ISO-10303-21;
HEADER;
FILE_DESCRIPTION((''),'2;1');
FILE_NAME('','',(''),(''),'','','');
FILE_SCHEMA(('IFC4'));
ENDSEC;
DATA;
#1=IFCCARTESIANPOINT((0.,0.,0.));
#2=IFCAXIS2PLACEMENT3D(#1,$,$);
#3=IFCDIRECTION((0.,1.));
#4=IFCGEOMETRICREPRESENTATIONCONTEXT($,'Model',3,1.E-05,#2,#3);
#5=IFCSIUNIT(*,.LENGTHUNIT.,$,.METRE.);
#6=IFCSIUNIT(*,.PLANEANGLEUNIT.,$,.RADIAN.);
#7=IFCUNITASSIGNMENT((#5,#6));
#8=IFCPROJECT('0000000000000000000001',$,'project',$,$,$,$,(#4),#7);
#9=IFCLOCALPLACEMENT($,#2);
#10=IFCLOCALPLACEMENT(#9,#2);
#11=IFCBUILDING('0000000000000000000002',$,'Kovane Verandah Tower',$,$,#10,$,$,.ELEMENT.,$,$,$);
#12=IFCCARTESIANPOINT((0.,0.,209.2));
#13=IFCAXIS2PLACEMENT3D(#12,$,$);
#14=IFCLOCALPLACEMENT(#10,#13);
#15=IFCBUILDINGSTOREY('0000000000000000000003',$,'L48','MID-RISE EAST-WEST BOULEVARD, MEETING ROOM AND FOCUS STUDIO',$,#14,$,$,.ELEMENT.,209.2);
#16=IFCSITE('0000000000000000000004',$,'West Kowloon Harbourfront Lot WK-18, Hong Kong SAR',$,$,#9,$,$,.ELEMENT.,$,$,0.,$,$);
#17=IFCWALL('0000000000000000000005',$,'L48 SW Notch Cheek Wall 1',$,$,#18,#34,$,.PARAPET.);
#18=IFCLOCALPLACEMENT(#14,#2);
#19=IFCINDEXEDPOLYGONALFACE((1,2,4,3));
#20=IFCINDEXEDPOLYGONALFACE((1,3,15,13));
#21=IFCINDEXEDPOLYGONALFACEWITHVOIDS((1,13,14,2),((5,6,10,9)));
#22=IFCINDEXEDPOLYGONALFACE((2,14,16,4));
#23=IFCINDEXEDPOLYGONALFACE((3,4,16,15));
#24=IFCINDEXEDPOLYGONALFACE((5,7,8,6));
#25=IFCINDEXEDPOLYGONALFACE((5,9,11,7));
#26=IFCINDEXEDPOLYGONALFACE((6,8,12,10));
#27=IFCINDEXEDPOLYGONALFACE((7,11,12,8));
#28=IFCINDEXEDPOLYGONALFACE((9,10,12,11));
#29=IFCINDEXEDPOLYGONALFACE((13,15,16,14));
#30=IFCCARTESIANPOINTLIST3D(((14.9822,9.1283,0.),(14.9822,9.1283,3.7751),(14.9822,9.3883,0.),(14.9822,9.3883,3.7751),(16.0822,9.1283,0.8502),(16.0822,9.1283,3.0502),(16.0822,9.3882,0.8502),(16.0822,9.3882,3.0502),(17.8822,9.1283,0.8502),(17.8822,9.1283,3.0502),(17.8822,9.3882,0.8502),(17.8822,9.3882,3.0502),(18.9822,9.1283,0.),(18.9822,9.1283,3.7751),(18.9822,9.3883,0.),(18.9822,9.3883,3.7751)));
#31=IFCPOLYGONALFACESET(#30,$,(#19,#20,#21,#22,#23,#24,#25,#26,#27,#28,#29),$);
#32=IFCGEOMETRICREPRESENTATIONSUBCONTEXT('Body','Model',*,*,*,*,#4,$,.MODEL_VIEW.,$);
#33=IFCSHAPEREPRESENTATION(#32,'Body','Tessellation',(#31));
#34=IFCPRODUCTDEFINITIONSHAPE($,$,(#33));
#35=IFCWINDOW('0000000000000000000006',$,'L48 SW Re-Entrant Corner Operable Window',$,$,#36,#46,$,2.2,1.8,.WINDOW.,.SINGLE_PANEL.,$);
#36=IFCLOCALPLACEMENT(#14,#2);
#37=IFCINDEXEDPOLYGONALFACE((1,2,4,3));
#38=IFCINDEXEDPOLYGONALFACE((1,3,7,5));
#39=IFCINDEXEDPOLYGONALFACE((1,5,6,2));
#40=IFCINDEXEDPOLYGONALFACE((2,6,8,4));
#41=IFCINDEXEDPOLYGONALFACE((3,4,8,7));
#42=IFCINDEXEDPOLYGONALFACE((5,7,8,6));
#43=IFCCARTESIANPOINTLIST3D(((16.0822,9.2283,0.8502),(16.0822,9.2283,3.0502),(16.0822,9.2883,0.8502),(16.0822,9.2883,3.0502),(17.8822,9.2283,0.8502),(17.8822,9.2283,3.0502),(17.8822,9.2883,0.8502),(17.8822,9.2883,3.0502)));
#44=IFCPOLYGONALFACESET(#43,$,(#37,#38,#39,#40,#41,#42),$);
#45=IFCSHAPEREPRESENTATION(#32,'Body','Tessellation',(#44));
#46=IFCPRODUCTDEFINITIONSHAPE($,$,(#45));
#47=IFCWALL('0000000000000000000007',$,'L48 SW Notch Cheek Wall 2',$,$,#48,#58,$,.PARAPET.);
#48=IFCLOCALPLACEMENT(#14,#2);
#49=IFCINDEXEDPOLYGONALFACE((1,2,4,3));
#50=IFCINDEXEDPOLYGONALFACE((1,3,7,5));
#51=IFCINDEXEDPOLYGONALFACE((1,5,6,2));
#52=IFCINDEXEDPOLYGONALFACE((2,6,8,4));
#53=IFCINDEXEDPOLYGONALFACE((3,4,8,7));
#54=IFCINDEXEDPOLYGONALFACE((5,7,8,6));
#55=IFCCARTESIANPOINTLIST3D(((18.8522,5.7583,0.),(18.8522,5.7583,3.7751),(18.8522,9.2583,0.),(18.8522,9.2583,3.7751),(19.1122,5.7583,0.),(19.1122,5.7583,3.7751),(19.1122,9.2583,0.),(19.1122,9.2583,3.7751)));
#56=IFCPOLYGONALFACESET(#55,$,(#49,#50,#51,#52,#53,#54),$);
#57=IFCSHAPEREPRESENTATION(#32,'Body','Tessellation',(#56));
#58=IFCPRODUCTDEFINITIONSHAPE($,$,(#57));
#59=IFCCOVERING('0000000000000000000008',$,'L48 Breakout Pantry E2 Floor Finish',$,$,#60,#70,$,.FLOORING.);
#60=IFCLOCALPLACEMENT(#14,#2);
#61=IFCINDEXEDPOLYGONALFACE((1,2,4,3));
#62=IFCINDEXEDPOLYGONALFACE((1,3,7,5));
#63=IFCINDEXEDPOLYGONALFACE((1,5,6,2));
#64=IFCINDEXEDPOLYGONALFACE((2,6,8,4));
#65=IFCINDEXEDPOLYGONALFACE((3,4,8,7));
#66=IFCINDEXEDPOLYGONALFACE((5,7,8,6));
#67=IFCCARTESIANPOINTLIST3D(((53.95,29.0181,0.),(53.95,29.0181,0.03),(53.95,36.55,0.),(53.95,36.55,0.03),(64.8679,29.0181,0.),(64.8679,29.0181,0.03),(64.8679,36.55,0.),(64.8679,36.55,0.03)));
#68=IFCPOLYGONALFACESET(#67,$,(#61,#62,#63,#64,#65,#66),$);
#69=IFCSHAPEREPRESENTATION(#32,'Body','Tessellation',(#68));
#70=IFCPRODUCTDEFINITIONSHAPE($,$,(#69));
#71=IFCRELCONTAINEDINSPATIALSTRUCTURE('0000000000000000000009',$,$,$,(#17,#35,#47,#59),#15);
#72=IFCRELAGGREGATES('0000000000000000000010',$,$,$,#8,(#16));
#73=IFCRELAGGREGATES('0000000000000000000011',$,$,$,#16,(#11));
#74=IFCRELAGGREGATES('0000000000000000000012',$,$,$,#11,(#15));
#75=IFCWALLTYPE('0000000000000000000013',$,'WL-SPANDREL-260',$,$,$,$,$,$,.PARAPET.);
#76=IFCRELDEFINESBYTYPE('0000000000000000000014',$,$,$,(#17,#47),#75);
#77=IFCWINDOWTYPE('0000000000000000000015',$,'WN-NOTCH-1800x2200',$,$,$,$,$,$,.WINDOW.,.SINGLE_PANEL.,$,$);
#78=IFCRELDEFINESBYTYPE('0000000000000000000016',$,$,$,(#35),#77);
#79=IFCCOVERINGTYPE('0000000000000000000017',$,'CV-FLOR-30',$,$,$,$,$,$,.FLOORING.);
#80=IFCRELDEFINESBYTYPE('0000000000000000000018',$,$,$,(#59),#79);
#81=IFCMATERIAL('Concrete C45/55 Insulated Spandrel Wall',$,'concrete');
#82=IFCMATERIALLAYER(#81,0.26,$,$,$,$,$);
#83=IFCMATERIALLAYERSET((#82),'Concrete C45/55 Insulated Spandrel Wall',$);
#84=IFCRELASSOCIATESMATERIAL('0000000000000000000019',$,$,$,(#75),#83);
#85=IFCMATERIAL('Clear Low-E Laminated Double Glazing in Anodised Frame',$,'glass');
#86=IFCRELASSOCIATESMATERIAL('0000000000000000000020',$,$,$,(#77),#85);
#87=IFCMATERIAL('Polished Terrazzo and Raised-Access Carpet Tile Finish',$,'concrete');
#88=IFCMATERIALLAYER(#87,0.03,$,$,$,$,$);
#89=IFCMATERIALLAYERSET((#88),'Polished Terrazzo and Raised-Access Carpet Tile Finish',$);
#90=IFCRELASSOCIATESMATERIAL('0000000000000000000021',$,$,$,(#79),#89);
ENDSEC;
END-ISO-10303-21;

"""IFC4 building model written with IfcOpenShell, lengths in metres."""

from ifc_helpers import new_model, si_unit, direction, frame, frame_2d, origin, place, context, subcontext, project, spatial, polyline, rectangle, outline, extrude, material, layer, layer_set, type_object, element, fill, save


model = new_model("IFC4")

# Units and contexts
model_context = context("Model", 3, precision=1e-05, world=origin(), true_north=direction((0.0, 1.0)))
body_context = subcontext(model_context, "Body", "Model", "MODEL_VIEW")
ifc_project = project(units=[si_unit("LENGTHUNIT", "METRE"), si_unit("PLANEANGLEUNIT", "RADIAN")], contexts=[model_context])

# Site, building, storey
site_placement = place(None, origin())
site = spatial("IfcSite", under=ifc_project, at=site_placement, Name="West Kowloon Harbourfront Lot WK-18, Hong Kong SAR", CompositionType="ELEMENT", RefElevation=0.0)
building_placement = place(site_placement, origin())
building = spatial("IfcBuilding", under=site, at=building_placement, Name="Kovane Verandah Tower", CompositionType="ELEMENT")
storey_placement = place(building_placement, frame((0.0, 0.0, 209.2)))
storey = spatial("IfcBuildingStorey", under=building, at=storey_placement, Name="L48", Description="MID-RISE EAST-WEST BOULEVARD, MEETING ROOM AND FOCUS STUDIO", CompositionType="ELEMENT", Elevation=209.2)

# Wall, opening, window
ifc_material_1 = material(Name="Concrete C45/55 Insulated Spandrel Wall", Category="concrete")
ifc_layer_1 = layer(ifc_material_1, 0.26)
ifc_layer_set_1 = layer_set([ifc_layer_1], Name="Concrete C45/55 Insulated Spandrel Wall")
wall_type_1 = type_object("IfcWallType", Name="WL-SPANDREL-260", PredefinedType="PARAPET", material=ifc_layer_set_1)
wall_1_placement = place(storey_placement, frame((14.9822, 9.2583, 0.0), z_axis=(0.0, 0.0, 1.0), x_axis=(1.0, 0.0, 0.0)))
wall_1 = element("IfcWall", 1, at=wall_1_placement, inside=storey, type_object=wall_type_1, Name="L48 SW Notch Cheek Wall 1", PredefinedType="PARAPET", context=body_context, shape_type="SweptSolid", body=[
    extrude(rectangle(XDim=4.0, YDim=0.26, at=frame_2d((2.0, 0.0))), origin(), (0.0, 0.0, 1.0), 3.7751),
])
opening_1_placement = place(wall_1_placement, frame((1.1001, 0.0, 0.8501)))
opening_1 = element("IfcOpeningElement", 2, at=opening_1_placement, cuts=wall_1, PredefinedType="OPENING", context=body_context, shape_type="SweptSolid", body=[
    extrude(rectangle(XDim=1.8, YDim=2.2, at=frame_2d((0.8999, 1.1001))), frame((0.0, 0.1299, 0.0), z_axis=(0.0, -1.0, 0.0), x_axis=(1.0, 0.0, 0.0)), (0.0, 0.0, 1.0), 0.26),
])
ifc_material_2 = material(Name="Clear Low-E Laminated Double Glazing in Anodised Frame", Category="glass")
window_type = type_object("IfcWindowType", Name="WN-NOTCH-1800x2200", PartitioningType="SINGLE_PANEL", PredefinedType="WINDOW", material=ifc_material_2)
window_placement = place(opening_1_placement, origin())
window = element("IfcWindow", 3, at=window_placement, inside=storey, type_object=window_type, Name="L48 SW Re-Entrant Corner Operable Window", OverallHeight=2.2, OverallWidth=1.8, PartitioningType="SINGLE_PANEL", PredefinedType="WINDOW", context=body_context, shape_type="SweptSolid", body=[
    extrude(rectangle(XDim=1.8, YDim=2.2, at=frame_2d((0.8999, 1.1001))), frame((0.0, 0.03, 0.0), z_axis=(0.0, -1.0, 0.0), x_axis=(1.0, 0.0, 0.0)), (0.0, 0.0, 1.0), 0.0601),
])
fill(opening_1, window)

# Wall
wall_2_placement = place(storey_placement, frame((18.9822, 9.2583, 0.0), z_axis=(0.0, 0.0, 1.0), x_axis=(0.0, -1.0, 0.0)))
element("IfcWall", 4, at=wall_2_placement, inside=storey, type_object=wall_type_1, Name="L48 SW Notch Cheek Wall 2", PredefinedType="PARAPET", context=body_context, shape_type="SweptSolid", body=[
    extrude(rectangle(XDim=3.5, YDim=0.26, at=frame_2d((1.75, 0.0))), origin(), (0.0, 0.0, 1.0), 3.7751),
])

# Covering
ifc_material_3 = material(Name="Polished Terrazzo and Raised-Access Carpet Tile Finish", Category="concrete")
ifc_layer_2 = layer(ifc_material_3, 0.03)
ifc_layer_set_2 = layer_set([ifc_layer_2], Name="Polished Terrazzo and Raised-Access Carpet Tile Finish")
covering_type = type_object("IfcCoveringType", Name="CV-FLOR-30", PredefinedType="FLOORING", material=ifc_layer_set_2)
covering_placement = place(storey_placement, origin())
element("IfcCovering", 5, at=covering_placement, inside=storey, type_object=covering_type, Name="L48 Breakout Pantry E2 Floor Finish", PredefinedType="FLOORING", context=body_context, shape_type="SweptSolid", body=[
    extrude(outline(polyline([(53.95, 29.0181), (64.8679, 29.0181), (64.8679, 36.55), (53.95, 36.55), (53.95, 29.0181)])), origin(), (0.0, 0.0, 1.0), 0.03),
])

save(model, "model.ifc")
